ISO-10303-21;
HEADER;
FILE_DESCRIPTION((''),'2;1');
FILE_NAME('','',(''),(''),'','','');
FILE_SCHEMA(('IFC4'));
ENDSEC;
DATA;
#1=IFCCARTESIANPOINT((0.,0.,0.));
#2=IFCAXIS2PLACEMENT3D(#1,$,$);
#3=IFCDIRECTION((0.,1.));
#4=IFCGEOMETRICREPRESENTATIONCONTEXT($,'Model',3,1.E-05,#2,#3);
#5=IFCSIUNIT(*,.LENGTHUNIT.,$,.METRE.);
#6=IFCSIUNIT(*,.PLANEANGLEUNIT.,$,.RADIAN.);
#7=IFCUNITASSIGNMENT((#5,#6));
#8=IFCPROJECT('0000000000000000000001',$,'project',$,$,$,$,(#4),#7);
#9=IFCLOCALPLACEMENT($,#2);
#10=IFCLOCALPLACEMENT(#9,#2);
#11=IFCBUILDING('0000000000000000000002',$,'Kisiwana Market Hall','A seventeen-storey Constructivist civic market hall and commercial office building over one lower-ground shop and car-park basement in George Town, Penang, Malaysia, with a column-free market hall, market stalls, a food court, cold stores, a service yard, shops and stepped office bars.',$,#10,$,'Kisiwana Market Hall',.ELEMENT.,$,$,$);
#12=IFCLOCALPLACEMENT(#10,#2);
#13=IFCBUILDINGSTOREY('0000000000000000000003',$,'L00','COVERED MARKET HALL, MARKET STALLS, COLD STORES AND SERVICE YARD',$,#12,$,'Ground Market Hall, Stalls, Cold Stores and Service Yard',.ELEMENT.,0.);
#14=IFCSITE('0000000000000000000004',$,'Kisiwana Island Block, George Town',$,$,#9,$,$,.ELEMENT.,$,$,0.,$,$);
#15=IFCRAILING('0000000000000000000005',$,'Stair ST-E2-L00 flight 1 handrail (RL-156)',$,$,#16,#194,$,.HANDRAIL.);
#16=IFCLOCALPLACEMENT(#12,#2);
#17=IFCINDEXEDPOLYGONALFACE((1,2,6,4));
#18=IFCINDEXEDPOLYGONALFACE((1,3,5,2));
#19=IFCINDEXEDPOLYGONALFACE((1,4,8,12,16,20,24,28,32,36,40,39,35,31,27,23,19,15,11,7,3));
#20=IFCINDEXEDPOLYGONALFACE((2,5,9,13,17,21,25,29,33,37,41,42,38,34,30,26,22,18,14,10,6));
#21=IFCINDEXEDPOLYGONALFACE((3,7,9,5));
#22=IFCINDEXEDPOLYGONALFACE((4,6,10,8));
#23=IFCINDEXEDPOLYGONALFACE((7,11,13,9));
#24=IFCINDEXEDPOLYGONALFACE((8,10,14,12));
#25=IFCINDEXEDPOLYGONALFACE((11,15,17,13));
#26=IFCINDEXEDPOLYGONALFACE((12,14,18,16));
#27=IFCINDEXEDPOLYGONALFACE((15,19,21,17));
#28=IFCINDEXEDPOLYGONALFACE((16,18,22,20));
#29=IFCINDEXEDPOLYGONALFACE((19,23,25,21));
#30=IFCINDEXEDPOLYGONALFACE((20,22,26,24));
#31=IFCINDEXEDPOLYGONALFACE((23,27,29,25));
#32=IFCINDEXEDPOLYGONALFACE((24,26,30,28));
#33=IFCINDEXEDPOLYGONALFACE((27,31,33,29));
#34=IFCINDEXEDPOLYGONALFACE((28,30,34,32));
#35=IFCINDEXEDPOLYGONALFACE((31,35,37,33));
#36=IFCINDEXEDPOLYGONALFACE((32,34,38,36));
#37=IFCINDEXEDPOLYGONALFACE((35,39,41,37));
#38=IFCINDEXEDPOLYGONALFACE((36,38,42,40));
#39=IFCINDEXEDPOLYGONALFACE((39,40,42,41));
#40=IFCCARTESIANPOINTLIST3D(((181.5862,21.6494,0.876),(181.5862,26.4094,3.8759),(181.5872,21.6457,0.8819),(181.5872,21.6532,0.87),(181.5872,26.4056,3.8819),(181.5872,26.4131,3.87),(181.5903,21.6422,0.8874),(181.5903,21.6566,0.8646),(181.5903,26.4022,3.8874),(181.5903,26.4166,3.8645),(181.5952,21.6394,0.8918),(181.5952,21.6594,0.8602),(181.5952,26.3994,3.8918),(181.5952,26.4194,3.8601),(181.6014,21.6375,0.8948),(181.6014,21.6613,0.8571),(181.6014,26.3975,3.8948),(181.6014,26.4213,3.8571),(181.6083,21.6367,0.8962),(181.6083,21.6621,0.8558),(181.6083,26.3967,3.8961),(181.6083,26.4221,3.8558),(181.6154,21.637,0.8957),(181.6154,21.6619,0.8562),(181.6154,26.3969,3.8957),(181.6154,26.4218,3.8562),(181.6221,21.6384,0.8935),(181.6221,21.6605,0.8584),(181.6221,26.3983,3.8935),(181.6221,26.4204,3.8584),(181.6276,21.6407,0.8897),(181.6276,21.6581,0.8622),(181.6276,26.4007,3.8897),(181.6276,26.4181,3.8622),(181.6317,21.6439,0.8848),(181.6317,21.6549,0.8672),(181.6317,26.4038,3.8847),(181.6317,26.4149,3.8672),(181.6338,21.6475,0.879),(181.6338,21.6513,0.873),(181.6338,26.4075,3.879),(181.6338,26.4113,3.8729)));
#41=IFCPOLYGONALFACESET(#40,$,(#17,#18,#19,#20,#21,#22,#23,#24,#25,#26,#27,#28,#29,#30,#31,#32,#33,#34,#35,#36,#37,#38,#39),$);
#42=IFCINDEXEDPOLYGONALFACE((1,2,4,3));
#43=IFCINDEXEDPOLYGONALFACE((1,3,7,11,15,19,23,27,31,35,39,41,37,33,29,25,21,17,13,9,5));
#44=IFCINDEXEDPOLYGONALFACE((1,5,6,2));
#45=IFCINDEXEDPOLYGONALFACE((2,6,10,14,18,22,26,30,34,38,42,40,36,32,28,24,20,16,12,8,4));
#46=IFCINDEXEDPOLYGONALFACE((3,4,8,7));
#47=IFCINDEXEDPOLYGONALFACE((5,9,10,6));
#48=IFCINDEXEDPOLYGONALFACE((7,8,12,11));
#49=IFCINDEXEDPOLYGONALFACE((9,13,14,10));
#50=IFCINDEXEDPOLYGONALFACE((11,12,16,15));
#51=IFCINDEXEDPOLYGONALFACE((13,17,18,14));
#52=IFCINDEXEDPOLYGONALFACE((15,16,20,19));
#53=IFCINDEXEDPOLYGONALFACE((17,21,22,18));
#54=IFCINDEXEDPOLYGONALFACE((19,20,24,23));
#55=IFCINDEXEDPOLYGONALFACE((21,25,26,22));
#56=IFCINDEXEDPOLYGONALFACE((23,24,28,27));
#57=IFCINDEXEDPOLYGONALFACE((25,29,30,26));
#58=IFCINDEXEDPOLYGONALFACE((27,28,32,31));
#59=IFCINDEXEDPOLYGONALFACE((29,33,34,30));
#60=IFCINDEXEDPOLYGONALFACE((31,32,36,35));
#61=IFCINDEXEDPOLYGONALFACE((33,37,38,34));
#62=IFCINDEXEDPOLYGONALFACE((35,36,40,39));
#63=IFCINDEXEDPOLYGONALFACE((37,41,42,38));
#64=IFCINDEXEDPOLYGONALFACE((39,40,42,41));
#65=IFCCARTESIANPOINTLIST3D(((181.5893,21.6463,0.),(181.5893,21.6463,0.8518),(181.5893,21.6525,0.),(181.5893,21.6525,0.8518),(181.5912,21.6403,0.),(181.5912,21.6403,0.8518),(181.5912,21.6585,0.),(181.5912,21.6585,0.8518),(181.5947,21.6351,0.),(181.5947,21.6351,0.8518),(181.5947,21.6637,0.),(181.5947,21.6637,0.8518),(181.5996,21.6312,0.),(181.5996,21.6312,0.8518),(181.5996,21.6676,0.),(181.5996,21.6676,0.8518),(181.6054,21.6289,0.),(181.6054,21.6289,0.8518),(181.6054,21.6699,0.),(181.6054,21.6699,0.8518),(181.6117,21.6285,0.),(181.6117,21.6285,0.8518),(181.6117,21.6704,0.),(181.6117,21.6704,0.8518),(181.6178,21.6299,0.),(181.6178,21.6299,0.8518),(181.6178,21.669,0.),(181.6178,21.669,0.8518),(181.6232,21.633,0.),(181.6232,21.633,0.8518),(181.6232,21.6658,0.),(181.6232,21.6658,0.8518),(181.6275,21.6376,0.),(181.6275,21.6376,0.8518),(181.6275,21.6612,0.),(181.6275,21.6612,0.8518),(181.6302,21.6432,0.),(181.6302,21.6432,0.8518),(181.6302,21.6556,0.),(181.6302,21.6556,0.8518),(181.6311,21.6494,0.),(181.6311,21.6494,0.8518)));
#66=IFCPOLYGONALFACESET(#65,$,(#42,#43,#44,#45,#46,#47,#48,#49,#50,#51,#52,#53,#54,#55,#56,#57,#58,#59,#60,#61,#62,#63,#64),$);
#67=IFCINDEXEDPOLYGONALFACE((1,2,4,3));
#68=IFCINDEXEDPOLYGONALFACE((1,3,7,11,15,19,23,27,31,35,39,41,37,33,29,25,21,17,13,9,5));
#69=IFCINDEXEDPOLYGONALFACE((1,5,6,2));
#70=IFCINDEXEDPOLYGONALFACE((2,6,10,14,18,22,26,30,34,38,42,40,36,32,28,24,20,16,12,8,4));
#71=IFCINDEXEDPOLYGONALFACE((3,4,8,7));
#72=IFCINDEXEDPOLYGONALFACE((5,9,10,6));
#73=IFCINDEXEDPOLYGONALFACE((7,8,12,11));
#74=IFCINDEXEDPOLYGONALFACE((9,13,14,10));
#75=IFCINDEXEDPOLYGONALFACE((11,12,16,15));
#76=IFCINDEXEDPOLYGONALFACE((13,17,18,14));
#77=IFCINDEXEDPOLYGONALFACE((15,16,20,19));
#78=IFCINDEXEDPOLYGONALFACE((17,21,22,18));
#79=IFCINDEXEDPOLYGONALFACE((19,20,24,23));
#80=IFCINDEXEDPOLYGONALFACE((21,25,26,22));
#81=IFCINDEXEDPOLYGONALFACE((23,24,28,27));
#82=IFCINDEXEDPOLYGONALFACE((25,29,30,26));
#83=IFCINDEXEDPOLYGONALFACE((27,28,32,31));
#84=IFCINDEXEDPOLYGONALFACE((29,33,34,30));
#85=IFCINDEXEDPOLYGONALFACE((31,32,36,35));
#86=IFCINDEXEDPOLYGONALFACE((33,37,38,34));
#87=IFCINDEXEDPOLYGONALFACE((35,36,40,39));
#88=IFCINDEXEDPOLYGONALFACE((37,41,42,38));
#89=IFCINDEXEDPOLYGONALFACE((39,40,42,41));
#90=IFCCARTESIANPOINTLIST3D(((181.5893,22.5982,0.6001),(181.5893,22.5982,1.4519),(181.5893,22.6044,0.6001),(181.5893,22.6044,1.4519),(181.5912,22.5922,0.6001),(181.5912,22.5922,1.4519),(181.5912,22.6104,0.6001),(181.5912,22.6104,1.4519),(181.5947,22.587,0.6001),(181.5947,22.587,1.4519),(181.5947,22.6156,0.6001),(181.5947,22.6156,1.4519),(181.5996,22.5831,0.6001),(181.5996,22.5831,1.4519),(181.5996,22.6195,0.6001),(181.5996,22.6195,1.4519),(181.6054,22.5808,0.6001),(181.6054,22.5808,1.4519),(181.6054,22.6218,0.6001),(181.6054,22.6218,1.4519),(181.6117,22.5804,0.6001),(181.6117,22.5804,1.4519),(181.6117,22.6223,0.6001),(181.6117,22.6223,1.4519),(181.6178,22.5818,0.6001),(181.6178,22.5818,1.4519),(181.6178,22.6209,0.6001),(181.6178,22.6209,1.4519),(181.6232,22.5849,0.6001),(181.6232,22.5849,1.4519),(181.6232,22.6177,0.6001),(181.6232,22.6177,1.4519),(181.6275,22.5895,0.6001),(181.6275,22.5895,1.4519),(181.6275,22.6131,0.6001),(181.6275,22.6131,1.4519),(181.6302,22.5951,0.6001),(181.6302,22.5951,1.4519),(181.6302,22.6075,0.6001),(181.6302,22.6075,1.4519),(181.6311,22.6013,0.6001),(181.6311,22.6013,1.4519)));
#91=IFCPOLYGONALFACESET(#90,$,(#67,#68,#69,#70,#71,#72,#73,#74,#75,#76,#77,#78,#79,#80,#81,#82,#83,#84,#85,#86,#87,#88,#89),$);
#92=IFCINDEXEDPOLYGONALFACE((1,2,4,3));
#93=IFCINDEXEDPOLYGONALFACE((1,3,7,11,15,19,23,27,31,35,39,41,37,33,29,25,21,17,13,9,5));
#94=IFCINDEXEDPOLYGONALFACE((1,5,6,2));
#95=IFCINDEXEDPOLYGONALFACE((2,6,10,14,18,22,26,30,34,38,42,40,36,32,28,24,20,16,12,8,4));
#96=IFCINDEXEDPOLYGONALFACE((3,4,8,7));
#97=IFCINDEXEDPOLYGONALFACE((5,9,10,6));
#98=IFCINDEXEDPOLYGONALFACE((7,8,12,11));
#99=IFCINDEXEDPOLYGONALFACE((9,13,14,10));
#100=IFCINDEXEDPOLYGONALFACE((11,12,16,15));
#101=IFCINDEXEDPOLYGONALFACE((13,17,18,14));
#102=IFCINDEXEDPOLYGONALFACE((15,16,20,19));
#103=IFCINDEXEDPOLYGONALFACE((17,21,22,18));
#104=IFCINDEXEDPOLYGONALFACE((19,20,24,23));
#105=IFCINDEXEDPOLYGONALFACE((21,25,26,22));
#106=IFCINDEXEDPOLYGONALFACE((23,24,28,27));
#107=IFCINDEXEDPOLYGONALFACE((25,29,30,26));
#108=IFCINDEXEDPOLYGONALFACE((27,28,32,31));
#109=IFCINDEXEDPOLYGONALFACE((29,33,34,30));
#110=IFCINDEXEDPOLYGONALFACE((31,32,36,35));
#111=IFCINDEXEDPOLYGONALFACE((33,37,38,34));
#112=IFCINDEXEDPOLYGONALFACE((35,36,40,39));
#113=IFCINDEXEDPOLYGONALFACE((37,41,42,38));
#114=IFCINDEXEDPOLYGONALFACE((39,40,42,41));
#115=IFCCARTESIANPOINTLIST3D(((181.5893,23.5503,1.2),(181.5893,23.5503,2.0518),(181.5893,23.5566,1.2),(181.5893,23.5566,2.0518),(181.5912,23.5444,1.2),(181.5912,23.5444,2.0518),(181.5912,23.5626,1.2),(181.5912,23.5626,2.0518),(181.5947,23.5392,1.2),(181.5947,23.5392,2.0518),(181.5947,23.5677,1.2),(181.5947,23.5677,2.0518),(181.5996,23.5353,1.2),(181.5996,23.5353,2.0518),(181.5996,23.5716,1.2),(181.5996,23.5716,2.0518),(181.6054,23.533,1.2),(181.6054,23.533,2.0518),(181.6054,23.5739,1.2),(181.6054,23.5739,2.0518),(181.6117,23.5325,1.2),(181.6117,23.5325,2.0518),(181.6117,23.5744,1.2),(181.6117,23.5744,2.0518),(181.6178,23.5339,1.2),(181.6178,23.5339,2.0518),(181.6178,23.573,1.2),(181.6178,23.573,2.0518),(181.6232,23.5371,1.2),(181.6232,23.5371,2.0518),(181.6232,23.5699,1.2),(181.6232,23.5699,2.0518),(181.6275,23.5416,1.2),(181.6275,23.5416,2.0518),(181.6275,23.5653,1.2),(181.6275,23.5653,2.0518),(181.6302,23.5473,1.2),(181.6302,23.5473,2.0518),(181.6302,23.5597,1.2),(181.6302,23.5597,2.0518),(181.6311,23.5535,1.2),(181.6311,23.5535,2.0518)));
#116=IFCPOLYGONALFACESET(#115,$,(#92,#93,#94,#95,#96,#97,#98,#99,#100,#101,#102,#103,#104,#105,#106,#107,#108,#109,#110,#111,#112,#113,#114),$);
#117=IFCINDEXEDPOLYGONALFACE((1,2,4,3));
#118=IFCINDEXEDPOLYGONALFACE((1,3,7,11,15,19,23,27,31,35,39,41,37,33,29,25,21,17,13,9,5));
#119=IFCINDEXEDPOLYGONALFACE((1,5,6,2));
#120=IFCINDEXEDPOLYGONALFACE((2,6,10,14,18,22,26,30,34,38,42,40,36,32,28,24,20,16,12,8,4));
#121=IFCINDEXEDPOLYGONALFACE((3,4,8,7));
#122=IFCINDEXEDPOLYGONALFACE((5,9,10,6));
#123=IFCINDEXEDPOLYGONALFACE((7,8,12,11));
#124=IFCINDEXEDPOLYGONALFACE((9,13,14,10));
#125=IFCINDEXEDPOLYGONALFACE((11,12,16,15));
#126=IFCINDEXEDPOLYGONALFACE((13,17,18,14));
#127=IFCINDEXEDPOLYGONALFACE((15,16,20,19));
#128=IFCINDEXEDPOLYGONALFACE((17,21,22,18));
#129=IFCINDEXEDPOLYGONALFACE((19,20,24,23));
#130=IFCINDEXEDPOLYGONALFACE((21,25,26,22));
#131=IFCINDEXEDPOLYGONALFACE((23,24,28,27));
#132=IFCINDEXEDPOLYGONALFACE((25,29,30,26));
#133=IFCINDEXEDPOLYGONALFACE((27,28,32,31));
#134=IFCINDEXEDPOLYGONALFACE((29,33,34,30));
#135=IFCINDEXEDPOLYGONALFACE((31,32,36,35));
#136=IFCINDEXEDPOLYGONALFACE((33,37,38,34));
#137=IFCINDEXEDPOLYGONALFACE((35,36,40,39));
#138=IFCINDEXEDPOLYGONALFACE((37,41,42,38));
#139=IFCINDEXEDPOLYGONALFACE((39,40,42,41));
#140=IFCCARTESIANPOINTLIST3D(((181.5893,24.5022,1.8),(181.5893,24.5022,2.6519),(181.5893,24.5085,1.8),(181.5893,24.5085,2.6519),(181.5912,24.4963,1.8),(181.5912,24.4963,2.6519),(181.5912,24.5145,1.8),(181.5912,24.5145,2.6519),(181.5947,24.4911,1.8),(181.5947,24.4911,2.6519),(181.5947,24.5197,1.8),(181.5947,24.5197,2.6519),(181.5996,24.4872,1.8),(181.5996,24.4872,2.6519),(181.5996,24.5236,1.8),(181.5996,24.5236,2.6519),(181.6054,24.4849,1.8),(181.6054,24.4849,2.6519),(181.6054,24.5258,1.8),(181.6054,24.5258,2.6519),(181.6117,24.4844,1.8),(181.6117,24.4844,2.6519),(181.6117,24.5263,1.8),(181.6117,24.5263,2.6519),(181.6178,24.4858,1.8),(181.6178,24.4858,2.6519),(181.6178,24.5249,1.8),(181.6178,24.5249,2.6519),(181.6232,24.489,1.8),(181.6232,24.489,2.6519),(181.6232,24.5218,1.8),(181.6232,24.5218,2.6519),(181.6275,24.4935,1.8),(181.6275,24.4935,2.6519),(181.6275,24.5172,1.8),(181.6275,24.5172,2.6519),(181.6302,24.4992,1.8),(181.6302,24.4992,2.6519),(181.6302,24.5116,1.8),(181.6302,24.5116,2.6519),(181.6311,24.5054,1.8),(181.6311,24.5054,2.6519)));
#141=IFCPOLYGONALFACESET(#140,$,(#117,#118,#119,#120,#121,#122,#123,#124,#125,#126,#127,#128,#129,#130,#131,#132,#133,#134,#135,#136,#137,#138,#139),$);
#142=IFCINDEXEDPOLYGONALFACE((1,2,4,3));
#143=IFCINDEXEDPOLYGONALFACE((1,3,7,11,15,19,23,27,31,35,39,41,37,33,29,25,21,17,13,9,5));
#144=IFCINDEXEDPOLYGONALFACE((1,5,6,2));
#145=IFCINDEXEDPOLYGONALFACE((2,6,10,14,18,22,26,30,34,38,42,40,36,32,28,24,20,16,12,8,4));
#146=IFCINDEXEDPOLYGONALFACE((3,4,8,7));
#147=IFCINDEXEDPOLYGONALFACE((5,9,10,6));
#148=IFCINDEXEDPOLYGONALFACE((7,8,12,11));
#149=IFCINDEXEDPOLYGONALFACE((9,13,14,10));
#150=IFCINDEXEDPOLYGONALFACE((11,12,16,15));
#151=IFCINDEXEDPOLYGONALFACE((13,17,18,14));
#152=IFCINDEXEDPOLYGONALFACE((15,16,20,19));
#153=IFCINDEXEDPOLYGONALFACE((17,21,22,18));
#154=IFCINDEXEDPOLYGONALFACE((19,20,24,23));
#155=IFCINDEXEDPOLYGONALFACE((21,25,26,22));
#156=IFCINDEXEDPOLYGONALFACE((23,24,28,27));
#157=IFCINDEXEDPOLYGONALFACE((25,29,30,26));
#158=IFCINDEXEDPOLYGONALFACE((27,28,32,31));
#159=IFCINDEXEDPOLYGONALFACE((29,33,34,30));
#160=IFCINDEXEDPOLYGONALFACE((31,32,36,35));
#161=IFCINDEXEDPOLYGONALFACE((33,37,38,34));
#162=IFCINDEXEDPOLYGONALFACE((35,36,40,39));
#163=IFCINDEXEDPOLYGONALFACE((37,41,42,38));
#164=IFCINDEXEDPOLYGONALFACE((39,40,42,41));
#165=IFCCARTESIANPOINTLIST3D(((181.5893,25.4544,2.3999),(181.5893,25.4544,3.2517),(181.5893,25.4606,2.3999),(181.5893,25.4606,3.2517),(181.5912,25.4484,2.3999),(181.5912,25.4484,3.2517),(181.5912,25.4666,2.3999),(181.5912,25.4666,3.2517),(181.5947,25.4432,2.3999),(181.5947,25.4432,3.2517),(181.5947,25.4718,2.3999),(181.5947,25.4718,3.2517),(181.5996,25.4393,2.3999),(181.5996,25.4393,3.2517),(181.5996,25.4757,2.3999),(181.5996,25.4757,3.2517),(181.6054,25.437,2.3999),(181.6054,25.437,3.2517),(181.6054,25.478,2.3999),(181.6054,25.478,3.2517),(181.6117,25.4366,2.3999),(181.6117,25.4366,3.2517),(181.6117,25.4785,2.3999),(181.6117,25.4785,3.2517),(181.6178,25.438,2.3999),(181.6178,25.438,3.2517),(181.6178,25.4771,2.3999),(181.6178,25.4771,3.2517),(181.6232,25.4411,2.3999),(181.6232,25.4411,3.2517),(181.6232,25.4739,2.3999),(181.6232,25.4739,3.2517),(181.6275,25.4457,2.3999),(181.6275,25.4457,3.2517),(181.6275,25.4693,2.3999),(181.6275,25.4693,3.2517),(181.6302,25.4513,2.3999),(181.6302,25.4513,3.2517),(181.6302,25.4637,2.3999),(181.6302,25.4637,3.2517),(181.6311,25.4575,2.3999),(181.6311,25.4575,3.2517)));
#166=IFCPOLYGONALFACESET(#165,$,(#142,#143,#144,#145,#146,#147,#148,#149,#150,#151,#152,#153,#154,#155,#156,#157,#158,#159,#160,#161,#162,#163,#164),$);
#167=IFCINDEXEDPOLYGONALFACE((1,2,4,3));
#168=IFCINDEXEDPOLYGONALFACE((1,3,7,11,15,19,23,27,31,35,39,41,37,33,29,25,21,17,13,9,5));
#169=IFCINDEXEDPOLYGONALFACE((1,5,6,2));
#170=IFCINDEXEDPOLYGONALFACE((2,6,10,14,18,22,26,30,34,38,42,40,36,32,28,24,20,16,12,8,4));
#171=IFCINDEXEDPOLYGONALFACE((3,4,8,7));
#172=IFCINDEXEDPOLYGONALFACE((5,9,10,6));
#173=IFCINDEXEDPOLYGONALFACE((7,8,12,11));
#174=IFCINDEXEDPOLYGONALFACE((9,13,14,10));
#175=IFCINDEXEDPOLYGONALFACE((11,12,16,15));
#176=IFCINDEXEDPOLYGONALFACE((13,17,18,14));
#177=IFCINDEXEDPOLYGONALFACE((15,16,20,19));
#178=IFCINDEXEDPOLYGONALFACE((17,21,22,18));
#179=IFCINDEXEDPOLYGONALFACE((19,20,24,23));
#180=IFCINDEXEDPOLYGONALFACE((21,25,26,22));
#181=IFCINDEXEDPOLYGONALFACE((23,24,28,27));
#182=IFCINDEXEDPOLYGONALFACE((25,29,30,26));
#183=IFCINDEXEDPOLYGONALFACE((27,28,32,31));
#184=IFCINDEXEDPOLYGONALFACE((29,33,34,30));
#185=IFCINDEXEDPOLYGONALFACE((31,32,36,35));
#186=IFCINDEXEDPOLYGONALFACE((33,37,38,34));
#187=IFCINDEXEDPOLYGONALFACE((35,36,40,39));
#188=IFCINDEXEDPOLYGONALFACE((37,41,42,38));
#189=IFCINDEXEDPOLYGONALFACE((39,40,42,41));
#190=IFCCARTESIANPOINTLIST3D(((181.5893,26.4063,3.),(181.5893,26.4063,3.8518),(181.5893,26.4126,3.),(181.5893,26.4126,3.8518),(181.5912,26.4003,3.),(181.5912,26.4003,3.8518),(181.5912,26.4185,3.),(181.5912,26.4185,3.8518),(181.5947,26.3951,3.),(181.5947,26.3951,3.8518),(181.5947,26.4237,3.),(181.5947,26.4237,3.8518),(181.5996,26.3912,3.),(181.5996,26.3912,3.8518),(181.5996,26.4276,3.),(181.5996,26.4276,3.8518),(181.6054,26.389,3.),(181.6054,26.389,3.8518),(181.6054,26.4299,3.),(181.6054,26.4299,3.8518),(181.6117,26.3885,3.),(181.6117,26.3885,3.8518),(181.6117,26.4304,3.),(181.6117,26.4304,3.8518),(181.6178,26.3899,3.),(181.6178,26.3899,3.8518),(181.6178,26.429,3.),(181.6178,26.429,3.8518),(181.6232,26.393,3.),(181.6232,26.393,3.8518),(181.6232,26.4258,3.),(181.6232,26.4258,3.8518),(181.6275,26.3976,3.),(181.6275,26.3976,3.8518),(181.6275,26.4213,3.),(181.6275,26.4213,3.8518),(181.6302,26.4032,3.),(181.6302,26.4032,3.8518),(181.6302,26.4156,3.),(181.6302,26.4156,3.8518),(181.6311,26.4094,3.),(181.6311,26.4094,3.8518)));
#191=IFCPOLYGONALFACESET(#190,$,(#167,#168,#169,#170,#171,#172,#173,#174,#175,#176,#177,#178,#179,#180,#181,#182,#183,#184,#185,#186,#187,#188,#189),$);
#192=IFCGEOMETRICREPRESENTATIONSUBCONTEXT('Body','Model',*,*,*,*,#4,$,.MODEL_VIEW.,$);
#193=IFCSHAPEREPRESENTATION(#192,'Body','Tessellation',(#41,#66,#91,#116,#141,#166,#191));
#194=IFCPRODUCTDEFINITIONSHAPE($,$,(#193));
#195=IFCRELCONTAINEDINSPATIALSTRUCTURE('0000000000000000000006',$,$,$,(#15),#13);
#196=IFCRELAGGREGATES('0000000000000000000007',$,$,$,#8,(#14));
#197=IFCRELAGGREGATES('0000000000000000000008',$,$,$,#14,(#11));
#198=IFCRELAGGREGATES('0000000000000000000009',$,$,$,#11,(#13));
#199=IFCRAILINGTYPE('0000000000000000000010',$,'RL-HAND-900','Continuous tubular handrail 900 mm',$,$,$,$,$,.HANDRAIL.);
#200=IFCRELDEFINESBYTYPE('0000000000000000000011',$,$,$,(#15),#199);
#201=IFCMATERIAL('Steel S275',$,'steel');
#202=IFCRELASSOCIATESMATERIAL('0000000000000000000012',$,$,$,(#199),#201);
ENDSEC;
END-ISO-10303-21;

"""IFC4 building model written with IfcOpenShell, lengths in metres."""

from ifc_helpers import new_model, si_unit, direction, frame, origin, origin_2d, place, context, subcontext, project, spatial, circle, extrude, material, type_object, element, save


model = new_model("IFC4")

# Units and contexts
model_context = context("Model", 3, precision=1e-05, world=origin(), true_north=direction((0.0, 1.0)))
body_context = subcontext(model_context, "Body", "Model", "MODEL_VIEW")
ifc_project = project(units=[si_unit("LENGTHUNIT", "METRE"), si_unit("PLANEANGLEUNIT", "RADIAN")], contexts=[model_context])

# Site, building, storey
site_placement = place(None, origin())
site = spatial("IfcSite", under=ifc_project, at=site_placement, Name="Kisiwana Island Block, George Town", CompositionType="ELEMENT", RefElevation=0.0)
building_placement = place(site_placement, origin())
building = spatial("IfcBuilding", under=site, at=building_placement, Name="Kisiwana Market Hall", Description="A seventeen-storey Constructivist civic market hall and commercial office building over one lower-ground shop and car-park basement in George Town, Penang, Malaysia, with a column-free market hall, market stalls, a food court, cold stores, a service yard, shops and stepped office bars.", LongName="Kisiwana Market Hall", CompositionType="ELEMENT")
storey_placement = place(building_placement, origin())
storey = spatial("IfcBuildingStorey", under=building, at=storey_placement, Name="L00", Description="COVERED MARKET HALL, MARKET STALLS, COLD STORES AND SERVICE YARD", LongName="Ground Market Hall, Stalls, Cold Stores and Service Yard", CompositionType="ELEMENT", Elevation=0.0)

# Railing
ifc_material_1 = material(Name="Steel S275", Category="steel")
railing_type_1 = type_object("IfcRailingType", Name="RL-HAND-900", Description="Continuous tubular handrail 900 mm", PredefinedType="HANDRAIL", material=ifc_material_1)
railing_1_placement = place(storey_placement, frame((181.6101, 21.6494, 0.0)))
element("IfcRailing", 1, at=railing_1_placement, inside=storey, type_object=railing_type_1, Name="Stair ST-E2-L00 flight 1 handrail (RL-156)", PredefinedType="HANDRAIL", context=body_context, shape_type="SweptSolid", body=[
    extrude(circle(Radius=0.0239, at=origin_2d()), frame((0.0, 0.0, 0.876), z_axis=(0.0, 0.845996, 0.53319), x_axis=(-1.0, 0.0, 0.0)), (0.0, 0.0, 1.0), 5.6265),
    extrude(circle(Radius=0.021, at=origin_2d()), origin(), (0.0, 0.0, 1.0), 0.8518),
    extrude(circle(Radius=0.021, at=origin_2d()), frame((0.0, 0.9519, 0.6001)), (0.0, 0.0, 1.0), 0.8518),
    extrude(circle(Radius=0.021, at=origin_2d()), frame((0.0, 1.9041, 1.2)), (0.0, 0.0, 1.0), 0.8518),
    extrude(circle(Radius=0.021, at=origin_2d()), frame((0.0, 2.856, 1.8)), (0.0, 0.0, 1.0), 0.8518),
    extrude(circle(Radius=0.021, at=origin_2d()), frame((0.0, 3.8081, 2.3999)), (0.0, 0.0, 1.0), 0.8518),
    extrude(circle(Radius=0.021, at=origin_2d()), frame((0.0, 4.76, 3.0)), (0.0, 0.0, 1.0), 0.8518),
])

save(model, "model.ifc")
